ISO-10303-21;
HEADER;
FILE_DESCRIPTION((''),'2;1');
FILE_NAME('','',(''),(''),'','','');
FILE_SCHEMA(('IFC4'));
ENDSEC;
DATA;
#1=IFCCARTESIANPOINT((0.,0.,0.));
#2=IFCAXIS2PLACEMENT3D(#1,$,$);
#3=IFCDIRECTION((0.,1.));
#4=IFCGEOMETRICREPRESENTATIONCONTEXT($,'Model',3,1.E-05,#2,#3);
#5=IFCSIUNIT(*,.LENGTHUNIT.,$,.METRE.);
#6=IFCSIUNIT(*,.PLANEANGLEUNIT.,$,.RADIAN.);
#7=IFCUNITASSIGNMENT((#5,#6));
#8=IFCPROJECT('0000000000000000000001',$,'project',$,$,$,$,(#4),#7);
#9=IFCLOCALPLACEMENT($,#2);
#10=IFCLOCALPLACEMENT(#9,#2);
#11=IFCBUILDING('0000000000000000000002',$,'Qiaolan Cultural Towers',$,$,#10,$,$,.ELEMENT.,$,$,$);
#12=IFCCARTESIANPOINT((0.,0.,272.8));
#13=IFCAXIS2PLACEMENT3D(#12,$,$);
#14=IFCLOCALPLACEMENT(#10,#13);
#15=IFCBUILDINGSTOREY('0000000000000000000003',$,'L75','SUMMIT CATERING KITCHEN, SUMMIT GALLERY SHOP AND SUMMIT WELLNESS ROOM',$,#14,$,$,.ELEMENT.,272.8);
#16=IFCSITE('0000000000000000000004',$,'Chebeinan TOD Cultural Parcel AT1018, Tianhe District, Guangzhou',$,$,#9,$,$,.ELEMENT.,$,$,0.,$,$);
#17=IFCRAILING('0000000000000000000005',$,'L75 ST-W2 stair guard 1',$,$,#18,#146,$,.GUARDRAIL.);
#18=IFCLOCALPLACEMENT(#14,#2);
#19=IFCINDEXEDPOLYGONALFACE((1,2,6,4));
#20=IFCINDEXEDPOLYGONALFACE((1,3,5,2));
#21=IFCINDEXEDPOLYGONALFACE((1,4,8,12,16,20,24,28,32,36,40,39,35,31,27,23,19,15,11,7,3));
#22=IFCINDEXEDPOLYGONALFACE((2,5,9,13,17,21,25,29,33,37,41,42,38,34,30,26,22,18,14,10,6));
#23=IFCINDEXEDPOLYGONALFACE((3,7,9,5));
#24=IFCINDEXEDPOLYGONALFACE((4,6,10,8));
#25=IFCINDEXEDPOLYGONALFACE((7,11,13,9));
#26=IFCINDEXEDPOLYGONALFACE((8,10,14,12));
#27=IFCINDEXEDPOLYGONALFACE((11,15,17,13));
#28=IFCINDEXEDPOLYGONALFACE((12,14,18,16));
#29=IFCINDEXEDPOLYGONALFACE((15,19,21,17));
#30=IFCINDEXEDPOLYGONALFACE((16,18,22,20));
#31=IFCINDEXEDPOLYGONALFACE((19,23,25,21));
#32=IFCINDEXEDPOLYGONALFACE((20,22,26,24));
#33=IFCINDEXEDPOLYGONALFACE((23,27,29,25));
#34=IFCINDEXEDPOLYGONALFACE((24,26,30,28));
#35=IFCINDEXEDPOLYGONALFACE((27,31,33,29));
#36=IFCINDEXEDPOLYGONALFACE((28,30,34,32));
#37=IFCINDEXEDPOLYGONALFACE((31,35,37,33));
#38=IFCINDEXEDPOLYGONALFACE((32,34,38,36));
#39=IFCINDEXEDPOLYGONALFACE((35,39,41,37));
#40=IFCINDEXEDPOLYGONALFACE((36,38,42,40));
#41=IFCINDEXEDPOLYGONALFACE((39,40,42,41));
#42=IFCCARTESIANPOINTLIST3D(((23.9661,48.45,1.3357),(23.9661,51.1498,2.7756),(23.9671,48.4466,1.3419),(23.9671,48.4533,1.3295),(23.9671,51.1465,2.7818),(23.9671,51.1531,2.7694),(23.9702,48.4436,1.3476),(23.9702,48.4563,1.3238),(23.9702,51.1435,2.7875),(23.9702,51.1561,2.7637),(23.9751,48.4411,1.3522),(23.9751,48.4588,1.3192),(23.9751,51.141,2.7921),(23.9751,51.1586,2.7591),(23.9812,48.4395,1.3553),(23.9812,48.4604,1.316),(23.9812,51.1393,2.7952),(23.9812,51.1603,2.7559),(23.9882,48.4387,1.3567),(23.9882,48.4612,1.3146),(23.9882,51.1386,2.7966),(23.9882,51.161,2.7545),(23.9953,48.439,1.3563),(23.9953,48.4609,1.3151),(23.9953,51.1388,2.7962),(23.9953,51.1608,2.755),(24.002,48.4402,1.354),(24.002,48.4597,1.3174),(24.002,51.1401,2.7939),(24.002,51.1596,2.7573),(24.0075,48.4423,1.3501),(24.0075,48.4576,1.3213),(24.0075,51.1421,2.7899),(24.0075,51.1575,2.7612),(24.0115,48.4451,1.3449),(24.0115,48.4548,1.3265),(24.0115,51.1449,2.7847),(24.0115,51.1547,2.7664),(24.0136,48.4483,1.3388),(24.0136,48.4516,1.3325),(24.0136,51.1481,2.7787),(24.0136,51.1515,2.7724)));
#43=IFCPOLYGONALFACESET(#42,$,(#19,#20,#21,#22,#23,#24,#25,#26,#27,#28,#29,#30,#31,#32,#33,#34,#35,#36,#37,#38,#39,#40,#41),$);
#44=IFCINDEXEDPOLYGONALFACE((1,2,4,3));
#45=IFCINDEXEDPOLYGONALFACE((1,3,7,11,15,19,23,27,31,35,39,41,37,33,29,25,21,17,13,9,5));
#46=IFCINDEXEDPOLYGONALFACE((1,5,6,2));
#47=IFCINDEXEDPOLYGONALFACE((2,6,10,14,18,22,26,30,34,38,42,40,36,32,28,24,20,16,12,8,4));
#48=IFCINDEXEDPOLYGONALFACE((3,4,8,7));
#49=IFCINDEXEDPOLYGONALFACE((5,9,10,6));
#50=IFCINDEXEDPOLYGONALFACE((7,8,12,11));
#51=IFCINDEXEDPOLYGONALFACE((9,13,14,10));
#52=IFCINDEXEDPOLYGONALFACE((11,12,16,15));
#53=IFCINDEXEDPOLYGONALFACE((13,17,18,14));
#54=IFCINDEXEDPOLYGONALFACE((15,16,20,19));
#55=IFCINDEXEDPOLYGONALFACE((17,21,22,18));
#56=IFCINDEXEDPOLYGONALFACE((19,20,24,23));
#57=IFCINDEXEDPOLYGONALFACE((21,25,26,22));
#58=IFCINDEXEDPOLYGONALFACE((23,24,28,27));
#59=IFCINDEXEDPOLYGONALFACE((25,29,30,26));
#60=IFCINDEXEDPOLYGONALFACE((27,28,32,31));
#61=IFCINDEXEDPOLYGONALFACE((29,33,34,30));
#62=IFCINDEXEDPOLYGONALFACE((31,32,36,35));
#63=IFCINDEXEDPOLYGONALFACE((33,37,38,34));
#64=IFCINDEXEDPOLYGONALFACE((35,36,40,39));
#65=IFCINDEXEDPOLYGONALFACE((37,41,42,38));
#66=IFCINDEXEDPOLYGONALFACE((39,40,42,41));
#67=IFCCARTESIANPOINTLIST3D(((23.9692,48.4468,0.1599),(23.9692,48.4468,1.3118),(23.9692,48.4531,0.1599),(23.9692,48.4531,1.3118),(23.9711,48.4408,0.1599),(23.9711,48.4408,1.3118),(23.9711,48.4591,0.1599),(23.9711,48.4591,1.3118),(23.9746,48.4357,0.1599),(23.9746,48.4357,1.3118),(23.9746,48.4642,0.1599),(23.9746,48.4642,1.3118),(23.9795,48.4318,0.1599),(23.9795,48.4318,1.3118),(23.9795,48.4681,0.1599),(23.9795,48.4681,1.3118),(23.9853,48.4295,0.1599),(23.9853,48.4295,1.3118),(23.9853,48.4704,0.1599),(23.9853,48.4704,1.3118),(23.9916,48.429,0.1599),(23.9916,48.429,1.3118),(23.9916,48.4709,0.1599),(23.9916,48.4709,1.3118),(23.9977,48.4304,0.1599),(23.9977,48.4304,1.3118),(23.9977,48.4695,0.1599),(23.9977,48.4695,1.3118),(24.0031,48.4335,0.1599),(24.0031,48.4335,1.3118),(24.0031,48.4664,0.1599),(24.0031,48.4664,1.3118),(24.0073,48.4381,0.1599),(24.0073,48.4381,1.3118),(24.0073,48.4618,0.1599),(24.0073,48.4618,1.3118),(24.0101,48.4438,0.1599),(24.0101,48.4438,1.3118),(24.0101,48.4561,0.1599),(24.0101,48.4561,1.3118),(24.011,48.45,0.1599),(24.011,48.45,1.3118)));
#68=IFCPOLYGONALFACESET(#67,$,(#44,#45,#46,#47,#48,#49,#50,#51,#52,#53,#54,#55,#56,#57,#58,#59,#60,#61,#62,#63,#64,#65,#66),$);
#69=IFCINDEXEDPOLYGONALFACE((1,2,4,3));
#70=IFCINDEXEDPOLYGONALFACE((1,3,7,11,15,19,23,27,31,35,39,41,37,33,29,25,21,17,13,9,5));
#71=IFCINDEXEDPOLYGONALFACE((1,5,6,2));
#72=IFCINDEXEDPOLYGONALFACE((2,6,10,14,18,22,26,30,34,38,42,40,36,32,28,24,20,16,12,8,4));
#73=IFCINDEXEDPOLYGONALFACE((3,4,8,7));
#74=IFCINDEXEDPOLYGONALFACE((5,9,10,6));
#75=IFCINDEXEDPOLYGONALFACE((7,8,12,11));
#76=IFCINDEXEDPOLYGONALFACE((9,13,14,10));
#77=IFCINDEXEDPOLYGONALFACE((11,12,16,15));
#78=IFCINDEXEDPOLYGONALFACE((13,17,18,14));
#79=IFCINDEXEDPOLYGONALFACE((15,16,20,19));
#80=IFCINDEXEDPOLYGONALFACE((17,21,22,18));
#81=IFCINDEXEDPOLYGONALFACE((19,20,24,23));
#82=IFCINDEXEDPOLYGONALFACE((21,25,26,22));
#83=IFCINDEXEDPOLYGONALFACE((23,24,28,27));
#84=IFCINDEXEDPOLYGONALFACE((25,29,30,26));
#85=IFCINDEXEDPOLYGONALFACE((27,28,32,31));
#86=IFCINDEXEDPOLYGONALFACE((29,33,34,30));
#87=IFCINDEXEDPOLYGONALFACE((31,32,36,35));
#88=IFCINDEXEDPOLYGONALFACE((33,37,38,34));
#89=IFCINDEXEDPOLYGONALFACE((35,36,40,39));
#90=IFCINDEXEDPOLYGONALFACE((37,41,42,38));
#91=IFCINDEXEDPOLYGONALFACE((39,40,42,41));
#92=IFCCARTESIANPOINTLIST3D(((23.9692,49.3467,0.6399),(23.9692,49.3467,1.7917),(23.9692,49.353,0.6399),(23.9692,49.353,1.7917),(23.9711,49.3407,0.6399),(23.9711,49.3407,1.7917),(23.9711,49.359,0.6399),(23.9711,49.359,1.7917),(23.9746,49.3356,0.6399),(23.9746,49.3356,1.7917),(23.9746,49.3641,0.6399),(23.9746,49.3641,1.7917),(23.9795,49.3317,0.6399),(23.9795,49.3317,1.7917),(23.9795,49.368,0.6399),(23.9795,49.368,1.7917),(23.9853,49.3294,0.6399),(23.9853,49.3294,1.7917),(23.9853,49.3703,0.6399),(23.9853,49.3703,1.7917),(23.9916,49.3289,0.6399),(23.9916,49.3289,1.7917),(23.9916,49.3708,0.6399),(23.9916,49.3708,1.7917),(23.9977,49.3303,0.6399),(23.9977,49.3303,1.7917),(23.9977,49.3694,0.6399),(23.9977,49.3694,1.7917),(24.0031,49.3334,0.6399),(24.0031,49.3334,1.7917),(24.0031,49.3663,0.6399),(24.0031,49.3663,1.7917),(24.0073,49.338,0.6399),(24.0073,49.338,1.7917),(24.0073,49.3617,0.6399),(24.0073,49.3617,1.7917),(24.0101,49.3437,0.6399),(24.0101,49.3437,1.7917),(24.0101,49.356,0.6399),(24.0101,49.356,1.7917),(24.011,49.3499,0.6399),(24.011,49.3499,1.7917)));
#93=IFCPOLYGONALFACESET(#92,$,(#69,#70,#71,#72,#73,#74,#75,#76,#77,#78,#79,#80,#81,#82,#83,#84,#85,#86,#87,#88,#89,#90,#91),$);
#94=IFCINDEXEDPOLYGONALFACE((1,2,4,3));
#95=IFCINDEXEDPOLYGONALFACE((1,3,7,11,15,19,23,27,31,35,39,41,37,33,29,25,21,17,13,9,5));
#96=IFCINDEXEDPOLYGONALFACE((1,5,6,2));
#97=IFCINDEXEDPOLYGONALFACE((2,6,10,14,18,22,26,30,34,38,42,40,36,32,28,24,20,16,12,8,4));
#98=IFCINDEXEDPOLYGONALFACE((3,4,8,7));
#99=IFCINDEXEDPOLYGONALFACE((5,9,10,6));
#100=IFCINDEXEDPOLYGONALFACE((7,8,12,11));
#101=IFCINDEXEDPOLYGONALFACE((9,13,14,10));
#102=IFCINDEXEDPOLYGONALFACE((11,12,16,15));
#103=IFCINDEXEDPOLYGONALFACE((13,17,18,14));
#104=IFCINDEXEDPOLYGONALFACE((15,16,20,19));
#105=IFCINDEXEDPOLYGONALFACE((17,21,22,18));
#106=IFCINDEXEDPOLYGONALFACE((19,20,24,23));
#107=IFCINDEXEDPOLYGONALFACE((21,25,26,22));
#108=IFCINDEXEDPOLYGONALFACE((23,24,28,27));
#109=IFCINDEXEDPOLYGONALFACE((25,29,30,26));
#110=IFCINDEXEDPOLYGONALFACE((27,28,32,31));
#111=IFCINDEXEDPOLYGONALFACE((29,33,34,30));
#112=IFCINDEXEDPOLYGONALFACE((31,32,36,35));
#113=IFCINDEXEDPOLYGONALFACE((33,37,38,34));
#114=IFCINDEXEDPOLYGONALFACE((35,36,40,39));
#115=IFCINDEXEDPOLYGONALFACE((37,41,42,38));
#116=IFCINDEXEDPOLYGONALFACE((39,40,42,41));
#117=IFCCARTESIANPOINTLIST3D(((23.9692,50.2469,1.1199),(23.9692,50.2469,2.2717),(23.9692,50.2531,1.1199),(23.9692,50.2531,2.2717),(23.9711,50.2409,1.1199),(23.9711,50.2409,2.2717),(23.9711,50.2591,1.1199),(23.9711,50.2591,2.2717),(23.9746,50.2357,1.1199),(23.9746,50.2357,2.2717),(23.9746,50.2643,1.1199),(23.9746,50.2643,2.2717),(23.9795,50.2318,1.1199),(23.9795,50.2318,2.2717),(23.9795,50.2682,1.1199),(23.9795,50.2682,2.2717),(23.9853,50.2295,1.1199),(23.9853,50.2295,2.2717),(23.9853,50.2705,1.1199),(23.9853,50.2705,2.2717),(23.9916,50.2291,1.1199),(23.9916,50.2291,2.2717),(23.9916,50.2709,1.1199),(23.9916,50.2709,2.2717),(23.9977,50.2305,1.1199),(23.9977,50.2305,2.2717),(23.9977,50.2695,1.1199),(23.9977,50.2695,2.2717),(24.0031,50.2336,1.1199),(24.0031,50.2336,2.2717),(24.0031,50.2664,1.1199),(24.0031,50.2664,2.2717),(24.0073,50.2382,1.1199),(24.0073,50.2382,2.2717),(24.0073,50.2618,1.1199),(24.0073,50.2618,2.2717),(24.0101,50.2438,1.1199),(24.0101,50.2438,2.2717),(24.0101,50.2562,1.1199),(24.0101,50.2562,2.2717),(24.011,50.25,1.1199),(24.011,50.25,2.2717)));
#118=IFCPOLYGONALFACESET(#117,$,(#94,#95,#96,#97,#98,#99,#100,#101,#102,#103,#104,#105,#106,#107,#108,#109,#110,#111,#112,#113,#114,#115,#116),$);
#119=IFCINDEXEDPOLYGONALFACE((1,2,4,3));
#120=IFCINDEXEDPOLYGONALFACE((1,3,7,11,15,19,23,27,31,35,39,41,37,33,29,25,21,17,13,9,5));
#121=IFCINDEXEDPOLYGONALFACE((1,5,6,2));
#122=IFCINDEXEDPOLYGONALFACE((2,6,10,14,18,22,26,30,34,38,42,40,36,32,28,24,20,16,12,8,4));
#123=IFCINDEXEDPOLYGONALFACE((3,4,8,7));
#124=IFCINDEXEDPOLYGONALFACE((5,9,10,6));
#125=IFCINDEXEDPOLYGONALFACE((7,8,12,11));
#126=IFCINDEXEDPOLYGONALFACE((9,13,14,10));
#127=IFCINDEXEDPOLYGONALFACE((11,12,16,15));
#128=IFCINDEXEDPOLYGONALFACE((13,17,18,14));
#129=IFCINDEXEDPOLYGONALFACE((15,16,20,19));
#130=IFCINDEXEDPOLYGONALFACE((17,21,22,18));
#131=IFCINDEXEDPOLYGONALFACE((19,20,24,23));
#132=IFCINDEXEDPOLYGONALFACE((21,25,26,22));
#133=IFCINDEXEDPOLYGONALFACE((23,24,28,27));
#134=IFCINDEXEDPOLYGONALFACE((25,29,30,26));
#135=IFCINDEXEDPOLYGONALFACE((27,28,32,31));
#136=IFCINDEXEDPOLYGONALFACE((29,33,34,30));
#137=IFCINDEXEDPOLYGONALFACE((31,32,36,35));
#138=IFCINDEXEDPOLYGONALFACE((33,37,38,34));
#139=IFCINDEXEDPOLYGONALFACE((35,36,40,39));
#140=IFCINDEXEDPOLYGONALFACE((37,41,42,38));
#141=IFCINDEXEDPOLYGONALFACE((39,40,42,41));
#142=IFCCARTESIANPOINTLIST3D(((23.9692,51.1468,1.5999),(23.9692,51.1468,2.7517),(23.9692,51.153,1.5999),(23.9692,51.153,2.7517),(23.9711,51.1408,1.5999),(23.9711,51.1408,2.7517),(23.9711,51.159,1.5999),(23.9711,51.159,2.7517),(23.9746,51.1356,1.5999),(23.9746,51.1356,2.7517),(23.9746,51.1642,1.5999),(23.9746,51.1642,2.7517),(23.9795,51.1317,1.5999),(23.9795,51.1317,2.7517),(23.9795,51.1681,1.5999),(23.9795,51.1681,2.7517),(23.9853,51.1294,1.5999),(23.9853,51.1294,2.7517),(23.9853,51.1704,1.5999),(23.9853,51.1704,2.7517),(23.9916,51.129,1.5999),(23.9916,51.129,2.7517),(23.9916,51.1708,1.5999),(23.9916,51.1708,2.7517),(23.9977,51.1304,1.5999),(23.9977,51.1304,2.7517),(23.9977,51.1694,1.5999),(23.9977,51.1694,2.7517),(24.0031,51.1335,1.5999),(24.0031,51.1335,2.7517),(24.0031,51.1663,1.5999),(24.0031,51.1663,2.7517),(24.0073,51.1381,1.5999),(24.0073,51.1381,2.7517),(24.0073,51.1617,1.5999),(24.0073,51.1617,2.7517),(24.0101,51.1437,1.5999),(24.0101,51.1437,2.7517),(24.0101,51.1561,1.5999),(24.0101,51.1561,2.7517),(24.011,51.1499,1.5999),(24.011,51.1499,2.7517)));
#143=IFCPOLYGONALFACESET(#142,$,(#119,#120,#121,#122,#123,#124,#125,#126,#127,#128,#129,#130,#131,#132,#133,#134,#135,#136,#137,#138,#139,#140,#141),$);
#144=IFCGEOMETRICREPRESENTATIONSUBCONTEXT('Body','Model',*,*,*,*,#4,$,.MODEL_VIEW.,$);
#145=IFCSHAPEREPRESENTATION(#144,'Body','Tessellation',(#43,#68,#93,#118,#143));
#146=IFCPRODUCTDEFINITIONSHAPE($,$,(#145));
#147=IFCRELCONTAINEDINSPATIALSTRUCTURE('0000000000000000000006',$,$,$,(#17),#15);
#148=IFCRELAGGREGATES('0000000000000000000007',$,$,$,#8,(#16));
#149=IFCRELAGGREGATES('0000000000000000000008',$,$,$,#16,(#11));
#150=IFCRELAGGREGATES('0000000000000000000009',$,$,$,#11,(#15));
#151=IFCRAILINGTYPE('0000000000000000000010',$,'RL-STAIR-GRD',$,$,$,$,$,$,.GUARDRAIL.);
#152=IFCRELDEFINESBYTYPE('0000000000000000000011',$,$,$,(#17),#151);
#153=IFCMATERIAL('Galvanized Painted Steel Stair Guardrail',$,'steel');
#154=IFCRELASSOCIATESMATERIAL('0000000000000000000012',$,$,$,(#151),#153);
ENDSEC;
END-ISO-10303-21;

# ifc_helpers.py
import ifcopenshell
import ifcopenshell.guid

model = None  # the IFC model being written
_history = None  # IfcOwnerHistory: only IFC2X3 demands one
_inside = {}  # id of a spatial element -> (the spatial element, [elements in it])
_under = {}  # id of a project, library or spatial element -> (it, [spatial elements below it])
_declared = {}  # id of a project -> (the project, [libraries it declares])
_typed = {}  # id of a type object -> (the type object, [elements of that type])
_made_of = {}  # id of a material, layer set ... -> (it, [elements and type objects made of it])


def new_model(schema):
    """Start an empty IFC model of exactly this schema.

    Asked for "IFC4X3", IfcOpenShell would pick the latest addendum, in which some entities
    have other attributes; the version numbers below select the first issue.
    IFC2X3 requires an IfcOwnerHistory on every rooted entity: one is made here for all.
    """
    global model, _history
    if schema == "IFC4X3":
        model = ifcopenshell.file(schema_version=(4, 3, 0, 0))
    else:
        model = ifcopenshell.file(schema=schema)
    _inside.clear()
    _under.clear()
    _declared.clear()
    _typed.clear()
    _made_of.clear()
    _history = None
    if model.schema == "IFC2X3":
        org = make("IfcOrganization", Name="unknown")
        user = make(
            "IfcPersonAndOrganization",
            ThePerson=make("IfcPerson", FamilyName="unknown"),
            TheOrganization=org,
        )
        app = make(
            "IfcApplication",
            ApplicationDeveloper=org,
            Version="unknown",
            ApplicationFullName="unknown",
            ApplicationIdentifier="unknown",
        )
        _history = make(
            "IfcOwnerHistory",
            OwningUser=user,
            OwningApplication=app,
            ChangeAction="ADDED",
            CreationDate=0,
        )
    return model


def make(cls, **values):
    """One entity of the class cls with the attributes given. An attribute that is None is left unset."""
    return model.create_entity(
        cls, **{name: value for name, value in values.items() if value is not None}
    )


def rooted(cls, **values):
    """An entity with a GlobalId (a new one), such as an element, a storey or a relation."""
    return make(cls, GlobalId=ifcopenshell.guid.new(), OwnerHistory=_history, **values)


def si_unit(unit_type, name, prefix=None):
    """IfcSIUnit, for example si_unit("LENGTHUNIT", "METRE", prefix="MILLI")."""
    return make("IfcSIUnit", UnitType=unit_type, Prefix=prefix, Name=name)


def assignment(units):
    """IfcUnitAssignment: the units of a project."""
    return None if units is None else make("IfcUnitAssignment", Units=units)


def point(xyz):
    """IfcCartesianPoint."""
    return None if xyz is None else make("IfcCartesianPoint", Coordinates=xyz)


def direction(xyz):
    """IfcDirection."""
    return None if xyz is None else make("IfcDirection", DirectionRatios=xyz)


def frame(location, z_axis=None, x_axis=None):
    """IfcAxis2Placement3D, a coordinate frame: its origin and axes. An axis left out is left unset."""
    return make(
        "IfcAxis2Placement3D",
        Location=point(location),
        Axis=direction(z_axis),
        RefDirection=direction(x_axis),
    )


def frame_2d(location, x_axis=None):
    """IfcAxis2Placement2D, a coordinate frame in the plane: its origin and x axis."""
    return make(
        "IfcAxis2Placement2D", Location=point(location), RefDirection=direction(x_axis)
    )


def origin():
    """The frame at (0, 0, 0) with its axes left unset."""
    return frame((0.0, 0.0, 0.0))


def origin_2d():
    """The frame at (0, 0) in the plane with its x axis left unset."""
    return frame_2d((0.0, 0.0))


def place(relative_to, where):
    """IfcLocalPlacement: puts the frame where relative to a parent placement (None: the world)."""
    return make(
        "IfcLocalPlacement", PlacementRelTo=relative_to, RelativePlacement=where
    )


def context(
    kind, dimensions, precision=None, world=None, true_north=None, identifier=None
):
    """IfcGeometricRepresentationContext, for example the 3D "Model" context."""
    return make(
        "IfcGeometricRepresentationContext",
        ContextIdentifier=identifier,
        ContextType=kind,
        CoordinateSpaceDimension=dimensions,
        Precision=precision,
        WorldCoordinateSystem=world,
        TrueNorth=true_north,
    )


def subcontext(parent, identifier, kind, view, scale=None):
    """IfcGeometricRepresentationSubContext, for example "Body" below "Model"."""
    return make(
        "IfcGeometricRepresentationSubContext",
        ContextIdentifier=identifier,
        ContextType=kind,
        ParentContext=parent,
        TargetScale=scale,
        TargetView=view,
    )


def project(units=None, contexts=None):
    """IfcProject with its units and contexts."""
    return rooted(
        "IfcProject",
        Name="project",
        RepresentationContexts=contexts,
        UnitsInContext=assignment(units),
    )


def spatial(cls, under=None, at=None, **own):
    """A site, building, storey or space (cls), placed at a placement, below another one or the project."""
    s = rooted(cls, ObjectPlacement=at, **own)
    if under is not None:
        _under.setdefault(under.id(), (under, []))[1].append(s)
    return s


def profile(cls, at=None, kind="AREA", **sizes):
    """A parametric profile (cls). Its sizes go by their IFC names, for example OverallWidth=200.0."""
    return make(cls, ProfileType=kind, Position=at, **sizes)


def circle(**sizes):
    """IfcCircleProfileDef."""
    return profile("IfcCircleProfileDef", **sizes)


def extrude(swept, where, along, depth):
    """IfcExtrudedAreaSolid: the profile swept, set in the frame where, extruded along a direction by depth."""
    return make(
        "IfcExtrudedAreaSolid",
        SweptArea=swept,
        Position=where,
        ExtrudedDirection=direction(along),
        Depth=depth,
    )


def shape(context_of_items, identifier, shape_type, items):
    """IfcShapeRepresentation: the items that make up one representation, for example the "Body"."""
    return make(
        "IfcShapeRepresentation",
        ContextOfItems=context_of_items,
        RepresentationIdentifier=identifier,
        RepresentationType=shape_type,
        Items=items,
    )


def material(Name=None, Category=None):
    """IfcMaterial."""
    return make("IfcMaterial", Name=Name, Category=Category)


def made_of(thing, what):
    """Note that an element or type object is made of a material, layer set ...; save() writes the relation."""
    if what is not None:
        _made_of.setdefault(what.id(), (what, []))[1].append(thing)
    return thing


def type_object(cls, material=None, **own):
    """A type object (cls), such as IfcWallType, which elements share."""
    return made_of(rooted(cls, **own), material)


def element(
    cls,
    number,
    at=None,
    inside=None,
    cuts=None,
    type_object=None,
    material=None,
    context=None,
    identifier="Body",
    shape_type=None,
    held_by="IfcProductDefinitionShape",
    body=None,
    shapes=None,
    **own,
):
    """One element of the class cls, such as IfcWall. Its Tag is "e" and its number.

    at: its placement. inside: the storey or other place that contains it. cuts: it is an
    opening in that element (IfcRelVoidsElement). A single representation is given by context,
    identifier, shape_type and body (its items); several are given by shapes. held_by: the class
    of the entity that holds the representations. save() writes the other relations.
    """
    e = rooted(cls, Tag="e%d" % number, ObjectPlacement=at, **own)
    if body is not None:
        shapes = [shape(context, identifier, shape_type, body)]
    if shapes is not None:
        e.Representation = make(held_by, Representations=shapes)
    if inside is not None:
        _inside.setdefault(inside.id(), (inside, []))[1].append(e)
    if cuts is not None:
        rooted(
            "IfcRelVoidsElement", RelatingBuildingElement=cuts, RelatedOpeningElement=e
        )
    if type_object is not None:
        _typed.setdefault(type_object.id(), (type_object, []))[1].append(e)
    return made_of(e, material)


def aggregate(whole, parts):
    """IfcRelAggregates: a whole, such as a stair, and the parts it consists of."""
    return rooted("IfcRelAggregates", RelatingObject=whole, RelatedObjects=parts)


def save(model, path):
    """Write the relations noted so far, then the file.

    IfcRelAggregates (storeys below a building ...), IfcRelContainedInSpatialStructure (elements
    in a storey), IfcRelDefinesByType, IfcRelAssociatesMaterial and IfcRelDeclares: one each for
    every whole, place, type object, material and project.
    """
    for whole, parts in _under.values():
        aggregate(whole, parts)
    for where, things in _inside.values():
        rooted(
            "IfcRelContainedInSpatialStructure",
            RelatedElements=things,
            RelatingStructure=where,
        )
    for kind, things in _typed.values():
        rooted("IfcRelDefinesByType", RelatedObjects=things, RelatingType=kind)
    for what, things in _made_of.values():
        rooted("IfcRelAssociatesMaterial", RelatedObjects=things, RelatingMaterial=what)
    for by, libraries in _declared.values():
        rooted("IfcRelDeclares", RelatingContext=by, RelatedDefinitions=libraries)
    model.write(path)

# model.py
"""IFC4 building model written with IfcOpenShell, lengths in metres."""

from ifc_helpers import new_model, si_unit, direction, frame, origin, origin_2d, place, context, subcontext, project, spatial, circle, extrude, material, type_object, element, save


model = new_model("IFC4")

# Units and contexts
model_context = context("Model", 3, precision=1e-05, world=origin(), true_north=direction((0.0, 1.0)))
body_context = subcontext(model_context, "Body", "Model", "MODEL_VIEW")
ifc_project = project(units=[si_unit("LENGTHUNIT", "METRE"), si_unit("PLANEANGLEUNIT", "RADIAN")], contexts=[model_context])

# Site, building, storey
site_placement = place(None, origin())
site = spatial("IfcSite", under=ifc_project, at=site_placement, Name="Chebeinan TOD Cultural Parcel AT1018, Tianhe District, Guangzhou", CompositionType="ELEMENT", RefElevation=0.0)
building_placement = place(site_placement, origin())
building = spatial("IfcBuilding", under=site, at=building_placement, Name="Qiaolan Cultural Towers", CompositionType="ELEMENT")
storey_placement = place(building_placement, frame((0.0, 0.0, 272.8)))
storey = spatial("IfcBuildingStorey", under=building, at=storey_placement, Name="L75", Description="SUMMIT CATERING KITCHEN, SUMMIT GALLERY SHOP AND SUMMIT WELLNESS ROOM", CompositionType="ELEMENT", Elevation=272.8)

# Railing
ifc_material_1 = material(Name="Galvanized Painted Steel Stair Guardrail", Category="steel")
railing_type_1 = type_object("IfcRailingType", Name="RL-STAIR-GRD", PredefinedType="GUARDRAIL", material=ifc_material_1)
railing_1_placement = place(storey_placement, frame((23.99, 48.45, 0.1599)))
element("IfcRailing", 1, at=railing_1_placement, inside=storey, type_object=railing_type_1, Name="L75 ST-W2 stair guard 1", PredefinedType="GUARDRAIL", context=body_context, shape_type="SweptSolid", body=[
    extrude(circle(Radius=0.0239, at=origin_2d()), frame((0.0, 0.0, 1.1758), z_axis=(0.0, 0.882357, 0.47058), x_axis=(-1.0, 0.0, 0.0)), (0.0, 0.0, 1.0), 3.0598),
    extrude(circle(Radius=0.021, at=origin_2d()), origin(), (0.0, 0.0, 1.0), 1.1519),
    extrude(circle(Radius=0.021, at=origin_2d()), frame((0.0, 0.8999, 0.48)), (0.0, 0.0, 1.0), 1.1519),
    extrude(circle(Radius=0.021, at=origin_2d()), frame((0.0, 1.8, 0.96)), (0.0, 0.0, 1.0), 1.1519),
    extrude(circle(Radius=0.021, at=origin_2d()), frame((0.0, 2.7, 1.4399)), (0.0, 0.0, 1.0), 1.1519),
])

save(model, "model.ifc")
